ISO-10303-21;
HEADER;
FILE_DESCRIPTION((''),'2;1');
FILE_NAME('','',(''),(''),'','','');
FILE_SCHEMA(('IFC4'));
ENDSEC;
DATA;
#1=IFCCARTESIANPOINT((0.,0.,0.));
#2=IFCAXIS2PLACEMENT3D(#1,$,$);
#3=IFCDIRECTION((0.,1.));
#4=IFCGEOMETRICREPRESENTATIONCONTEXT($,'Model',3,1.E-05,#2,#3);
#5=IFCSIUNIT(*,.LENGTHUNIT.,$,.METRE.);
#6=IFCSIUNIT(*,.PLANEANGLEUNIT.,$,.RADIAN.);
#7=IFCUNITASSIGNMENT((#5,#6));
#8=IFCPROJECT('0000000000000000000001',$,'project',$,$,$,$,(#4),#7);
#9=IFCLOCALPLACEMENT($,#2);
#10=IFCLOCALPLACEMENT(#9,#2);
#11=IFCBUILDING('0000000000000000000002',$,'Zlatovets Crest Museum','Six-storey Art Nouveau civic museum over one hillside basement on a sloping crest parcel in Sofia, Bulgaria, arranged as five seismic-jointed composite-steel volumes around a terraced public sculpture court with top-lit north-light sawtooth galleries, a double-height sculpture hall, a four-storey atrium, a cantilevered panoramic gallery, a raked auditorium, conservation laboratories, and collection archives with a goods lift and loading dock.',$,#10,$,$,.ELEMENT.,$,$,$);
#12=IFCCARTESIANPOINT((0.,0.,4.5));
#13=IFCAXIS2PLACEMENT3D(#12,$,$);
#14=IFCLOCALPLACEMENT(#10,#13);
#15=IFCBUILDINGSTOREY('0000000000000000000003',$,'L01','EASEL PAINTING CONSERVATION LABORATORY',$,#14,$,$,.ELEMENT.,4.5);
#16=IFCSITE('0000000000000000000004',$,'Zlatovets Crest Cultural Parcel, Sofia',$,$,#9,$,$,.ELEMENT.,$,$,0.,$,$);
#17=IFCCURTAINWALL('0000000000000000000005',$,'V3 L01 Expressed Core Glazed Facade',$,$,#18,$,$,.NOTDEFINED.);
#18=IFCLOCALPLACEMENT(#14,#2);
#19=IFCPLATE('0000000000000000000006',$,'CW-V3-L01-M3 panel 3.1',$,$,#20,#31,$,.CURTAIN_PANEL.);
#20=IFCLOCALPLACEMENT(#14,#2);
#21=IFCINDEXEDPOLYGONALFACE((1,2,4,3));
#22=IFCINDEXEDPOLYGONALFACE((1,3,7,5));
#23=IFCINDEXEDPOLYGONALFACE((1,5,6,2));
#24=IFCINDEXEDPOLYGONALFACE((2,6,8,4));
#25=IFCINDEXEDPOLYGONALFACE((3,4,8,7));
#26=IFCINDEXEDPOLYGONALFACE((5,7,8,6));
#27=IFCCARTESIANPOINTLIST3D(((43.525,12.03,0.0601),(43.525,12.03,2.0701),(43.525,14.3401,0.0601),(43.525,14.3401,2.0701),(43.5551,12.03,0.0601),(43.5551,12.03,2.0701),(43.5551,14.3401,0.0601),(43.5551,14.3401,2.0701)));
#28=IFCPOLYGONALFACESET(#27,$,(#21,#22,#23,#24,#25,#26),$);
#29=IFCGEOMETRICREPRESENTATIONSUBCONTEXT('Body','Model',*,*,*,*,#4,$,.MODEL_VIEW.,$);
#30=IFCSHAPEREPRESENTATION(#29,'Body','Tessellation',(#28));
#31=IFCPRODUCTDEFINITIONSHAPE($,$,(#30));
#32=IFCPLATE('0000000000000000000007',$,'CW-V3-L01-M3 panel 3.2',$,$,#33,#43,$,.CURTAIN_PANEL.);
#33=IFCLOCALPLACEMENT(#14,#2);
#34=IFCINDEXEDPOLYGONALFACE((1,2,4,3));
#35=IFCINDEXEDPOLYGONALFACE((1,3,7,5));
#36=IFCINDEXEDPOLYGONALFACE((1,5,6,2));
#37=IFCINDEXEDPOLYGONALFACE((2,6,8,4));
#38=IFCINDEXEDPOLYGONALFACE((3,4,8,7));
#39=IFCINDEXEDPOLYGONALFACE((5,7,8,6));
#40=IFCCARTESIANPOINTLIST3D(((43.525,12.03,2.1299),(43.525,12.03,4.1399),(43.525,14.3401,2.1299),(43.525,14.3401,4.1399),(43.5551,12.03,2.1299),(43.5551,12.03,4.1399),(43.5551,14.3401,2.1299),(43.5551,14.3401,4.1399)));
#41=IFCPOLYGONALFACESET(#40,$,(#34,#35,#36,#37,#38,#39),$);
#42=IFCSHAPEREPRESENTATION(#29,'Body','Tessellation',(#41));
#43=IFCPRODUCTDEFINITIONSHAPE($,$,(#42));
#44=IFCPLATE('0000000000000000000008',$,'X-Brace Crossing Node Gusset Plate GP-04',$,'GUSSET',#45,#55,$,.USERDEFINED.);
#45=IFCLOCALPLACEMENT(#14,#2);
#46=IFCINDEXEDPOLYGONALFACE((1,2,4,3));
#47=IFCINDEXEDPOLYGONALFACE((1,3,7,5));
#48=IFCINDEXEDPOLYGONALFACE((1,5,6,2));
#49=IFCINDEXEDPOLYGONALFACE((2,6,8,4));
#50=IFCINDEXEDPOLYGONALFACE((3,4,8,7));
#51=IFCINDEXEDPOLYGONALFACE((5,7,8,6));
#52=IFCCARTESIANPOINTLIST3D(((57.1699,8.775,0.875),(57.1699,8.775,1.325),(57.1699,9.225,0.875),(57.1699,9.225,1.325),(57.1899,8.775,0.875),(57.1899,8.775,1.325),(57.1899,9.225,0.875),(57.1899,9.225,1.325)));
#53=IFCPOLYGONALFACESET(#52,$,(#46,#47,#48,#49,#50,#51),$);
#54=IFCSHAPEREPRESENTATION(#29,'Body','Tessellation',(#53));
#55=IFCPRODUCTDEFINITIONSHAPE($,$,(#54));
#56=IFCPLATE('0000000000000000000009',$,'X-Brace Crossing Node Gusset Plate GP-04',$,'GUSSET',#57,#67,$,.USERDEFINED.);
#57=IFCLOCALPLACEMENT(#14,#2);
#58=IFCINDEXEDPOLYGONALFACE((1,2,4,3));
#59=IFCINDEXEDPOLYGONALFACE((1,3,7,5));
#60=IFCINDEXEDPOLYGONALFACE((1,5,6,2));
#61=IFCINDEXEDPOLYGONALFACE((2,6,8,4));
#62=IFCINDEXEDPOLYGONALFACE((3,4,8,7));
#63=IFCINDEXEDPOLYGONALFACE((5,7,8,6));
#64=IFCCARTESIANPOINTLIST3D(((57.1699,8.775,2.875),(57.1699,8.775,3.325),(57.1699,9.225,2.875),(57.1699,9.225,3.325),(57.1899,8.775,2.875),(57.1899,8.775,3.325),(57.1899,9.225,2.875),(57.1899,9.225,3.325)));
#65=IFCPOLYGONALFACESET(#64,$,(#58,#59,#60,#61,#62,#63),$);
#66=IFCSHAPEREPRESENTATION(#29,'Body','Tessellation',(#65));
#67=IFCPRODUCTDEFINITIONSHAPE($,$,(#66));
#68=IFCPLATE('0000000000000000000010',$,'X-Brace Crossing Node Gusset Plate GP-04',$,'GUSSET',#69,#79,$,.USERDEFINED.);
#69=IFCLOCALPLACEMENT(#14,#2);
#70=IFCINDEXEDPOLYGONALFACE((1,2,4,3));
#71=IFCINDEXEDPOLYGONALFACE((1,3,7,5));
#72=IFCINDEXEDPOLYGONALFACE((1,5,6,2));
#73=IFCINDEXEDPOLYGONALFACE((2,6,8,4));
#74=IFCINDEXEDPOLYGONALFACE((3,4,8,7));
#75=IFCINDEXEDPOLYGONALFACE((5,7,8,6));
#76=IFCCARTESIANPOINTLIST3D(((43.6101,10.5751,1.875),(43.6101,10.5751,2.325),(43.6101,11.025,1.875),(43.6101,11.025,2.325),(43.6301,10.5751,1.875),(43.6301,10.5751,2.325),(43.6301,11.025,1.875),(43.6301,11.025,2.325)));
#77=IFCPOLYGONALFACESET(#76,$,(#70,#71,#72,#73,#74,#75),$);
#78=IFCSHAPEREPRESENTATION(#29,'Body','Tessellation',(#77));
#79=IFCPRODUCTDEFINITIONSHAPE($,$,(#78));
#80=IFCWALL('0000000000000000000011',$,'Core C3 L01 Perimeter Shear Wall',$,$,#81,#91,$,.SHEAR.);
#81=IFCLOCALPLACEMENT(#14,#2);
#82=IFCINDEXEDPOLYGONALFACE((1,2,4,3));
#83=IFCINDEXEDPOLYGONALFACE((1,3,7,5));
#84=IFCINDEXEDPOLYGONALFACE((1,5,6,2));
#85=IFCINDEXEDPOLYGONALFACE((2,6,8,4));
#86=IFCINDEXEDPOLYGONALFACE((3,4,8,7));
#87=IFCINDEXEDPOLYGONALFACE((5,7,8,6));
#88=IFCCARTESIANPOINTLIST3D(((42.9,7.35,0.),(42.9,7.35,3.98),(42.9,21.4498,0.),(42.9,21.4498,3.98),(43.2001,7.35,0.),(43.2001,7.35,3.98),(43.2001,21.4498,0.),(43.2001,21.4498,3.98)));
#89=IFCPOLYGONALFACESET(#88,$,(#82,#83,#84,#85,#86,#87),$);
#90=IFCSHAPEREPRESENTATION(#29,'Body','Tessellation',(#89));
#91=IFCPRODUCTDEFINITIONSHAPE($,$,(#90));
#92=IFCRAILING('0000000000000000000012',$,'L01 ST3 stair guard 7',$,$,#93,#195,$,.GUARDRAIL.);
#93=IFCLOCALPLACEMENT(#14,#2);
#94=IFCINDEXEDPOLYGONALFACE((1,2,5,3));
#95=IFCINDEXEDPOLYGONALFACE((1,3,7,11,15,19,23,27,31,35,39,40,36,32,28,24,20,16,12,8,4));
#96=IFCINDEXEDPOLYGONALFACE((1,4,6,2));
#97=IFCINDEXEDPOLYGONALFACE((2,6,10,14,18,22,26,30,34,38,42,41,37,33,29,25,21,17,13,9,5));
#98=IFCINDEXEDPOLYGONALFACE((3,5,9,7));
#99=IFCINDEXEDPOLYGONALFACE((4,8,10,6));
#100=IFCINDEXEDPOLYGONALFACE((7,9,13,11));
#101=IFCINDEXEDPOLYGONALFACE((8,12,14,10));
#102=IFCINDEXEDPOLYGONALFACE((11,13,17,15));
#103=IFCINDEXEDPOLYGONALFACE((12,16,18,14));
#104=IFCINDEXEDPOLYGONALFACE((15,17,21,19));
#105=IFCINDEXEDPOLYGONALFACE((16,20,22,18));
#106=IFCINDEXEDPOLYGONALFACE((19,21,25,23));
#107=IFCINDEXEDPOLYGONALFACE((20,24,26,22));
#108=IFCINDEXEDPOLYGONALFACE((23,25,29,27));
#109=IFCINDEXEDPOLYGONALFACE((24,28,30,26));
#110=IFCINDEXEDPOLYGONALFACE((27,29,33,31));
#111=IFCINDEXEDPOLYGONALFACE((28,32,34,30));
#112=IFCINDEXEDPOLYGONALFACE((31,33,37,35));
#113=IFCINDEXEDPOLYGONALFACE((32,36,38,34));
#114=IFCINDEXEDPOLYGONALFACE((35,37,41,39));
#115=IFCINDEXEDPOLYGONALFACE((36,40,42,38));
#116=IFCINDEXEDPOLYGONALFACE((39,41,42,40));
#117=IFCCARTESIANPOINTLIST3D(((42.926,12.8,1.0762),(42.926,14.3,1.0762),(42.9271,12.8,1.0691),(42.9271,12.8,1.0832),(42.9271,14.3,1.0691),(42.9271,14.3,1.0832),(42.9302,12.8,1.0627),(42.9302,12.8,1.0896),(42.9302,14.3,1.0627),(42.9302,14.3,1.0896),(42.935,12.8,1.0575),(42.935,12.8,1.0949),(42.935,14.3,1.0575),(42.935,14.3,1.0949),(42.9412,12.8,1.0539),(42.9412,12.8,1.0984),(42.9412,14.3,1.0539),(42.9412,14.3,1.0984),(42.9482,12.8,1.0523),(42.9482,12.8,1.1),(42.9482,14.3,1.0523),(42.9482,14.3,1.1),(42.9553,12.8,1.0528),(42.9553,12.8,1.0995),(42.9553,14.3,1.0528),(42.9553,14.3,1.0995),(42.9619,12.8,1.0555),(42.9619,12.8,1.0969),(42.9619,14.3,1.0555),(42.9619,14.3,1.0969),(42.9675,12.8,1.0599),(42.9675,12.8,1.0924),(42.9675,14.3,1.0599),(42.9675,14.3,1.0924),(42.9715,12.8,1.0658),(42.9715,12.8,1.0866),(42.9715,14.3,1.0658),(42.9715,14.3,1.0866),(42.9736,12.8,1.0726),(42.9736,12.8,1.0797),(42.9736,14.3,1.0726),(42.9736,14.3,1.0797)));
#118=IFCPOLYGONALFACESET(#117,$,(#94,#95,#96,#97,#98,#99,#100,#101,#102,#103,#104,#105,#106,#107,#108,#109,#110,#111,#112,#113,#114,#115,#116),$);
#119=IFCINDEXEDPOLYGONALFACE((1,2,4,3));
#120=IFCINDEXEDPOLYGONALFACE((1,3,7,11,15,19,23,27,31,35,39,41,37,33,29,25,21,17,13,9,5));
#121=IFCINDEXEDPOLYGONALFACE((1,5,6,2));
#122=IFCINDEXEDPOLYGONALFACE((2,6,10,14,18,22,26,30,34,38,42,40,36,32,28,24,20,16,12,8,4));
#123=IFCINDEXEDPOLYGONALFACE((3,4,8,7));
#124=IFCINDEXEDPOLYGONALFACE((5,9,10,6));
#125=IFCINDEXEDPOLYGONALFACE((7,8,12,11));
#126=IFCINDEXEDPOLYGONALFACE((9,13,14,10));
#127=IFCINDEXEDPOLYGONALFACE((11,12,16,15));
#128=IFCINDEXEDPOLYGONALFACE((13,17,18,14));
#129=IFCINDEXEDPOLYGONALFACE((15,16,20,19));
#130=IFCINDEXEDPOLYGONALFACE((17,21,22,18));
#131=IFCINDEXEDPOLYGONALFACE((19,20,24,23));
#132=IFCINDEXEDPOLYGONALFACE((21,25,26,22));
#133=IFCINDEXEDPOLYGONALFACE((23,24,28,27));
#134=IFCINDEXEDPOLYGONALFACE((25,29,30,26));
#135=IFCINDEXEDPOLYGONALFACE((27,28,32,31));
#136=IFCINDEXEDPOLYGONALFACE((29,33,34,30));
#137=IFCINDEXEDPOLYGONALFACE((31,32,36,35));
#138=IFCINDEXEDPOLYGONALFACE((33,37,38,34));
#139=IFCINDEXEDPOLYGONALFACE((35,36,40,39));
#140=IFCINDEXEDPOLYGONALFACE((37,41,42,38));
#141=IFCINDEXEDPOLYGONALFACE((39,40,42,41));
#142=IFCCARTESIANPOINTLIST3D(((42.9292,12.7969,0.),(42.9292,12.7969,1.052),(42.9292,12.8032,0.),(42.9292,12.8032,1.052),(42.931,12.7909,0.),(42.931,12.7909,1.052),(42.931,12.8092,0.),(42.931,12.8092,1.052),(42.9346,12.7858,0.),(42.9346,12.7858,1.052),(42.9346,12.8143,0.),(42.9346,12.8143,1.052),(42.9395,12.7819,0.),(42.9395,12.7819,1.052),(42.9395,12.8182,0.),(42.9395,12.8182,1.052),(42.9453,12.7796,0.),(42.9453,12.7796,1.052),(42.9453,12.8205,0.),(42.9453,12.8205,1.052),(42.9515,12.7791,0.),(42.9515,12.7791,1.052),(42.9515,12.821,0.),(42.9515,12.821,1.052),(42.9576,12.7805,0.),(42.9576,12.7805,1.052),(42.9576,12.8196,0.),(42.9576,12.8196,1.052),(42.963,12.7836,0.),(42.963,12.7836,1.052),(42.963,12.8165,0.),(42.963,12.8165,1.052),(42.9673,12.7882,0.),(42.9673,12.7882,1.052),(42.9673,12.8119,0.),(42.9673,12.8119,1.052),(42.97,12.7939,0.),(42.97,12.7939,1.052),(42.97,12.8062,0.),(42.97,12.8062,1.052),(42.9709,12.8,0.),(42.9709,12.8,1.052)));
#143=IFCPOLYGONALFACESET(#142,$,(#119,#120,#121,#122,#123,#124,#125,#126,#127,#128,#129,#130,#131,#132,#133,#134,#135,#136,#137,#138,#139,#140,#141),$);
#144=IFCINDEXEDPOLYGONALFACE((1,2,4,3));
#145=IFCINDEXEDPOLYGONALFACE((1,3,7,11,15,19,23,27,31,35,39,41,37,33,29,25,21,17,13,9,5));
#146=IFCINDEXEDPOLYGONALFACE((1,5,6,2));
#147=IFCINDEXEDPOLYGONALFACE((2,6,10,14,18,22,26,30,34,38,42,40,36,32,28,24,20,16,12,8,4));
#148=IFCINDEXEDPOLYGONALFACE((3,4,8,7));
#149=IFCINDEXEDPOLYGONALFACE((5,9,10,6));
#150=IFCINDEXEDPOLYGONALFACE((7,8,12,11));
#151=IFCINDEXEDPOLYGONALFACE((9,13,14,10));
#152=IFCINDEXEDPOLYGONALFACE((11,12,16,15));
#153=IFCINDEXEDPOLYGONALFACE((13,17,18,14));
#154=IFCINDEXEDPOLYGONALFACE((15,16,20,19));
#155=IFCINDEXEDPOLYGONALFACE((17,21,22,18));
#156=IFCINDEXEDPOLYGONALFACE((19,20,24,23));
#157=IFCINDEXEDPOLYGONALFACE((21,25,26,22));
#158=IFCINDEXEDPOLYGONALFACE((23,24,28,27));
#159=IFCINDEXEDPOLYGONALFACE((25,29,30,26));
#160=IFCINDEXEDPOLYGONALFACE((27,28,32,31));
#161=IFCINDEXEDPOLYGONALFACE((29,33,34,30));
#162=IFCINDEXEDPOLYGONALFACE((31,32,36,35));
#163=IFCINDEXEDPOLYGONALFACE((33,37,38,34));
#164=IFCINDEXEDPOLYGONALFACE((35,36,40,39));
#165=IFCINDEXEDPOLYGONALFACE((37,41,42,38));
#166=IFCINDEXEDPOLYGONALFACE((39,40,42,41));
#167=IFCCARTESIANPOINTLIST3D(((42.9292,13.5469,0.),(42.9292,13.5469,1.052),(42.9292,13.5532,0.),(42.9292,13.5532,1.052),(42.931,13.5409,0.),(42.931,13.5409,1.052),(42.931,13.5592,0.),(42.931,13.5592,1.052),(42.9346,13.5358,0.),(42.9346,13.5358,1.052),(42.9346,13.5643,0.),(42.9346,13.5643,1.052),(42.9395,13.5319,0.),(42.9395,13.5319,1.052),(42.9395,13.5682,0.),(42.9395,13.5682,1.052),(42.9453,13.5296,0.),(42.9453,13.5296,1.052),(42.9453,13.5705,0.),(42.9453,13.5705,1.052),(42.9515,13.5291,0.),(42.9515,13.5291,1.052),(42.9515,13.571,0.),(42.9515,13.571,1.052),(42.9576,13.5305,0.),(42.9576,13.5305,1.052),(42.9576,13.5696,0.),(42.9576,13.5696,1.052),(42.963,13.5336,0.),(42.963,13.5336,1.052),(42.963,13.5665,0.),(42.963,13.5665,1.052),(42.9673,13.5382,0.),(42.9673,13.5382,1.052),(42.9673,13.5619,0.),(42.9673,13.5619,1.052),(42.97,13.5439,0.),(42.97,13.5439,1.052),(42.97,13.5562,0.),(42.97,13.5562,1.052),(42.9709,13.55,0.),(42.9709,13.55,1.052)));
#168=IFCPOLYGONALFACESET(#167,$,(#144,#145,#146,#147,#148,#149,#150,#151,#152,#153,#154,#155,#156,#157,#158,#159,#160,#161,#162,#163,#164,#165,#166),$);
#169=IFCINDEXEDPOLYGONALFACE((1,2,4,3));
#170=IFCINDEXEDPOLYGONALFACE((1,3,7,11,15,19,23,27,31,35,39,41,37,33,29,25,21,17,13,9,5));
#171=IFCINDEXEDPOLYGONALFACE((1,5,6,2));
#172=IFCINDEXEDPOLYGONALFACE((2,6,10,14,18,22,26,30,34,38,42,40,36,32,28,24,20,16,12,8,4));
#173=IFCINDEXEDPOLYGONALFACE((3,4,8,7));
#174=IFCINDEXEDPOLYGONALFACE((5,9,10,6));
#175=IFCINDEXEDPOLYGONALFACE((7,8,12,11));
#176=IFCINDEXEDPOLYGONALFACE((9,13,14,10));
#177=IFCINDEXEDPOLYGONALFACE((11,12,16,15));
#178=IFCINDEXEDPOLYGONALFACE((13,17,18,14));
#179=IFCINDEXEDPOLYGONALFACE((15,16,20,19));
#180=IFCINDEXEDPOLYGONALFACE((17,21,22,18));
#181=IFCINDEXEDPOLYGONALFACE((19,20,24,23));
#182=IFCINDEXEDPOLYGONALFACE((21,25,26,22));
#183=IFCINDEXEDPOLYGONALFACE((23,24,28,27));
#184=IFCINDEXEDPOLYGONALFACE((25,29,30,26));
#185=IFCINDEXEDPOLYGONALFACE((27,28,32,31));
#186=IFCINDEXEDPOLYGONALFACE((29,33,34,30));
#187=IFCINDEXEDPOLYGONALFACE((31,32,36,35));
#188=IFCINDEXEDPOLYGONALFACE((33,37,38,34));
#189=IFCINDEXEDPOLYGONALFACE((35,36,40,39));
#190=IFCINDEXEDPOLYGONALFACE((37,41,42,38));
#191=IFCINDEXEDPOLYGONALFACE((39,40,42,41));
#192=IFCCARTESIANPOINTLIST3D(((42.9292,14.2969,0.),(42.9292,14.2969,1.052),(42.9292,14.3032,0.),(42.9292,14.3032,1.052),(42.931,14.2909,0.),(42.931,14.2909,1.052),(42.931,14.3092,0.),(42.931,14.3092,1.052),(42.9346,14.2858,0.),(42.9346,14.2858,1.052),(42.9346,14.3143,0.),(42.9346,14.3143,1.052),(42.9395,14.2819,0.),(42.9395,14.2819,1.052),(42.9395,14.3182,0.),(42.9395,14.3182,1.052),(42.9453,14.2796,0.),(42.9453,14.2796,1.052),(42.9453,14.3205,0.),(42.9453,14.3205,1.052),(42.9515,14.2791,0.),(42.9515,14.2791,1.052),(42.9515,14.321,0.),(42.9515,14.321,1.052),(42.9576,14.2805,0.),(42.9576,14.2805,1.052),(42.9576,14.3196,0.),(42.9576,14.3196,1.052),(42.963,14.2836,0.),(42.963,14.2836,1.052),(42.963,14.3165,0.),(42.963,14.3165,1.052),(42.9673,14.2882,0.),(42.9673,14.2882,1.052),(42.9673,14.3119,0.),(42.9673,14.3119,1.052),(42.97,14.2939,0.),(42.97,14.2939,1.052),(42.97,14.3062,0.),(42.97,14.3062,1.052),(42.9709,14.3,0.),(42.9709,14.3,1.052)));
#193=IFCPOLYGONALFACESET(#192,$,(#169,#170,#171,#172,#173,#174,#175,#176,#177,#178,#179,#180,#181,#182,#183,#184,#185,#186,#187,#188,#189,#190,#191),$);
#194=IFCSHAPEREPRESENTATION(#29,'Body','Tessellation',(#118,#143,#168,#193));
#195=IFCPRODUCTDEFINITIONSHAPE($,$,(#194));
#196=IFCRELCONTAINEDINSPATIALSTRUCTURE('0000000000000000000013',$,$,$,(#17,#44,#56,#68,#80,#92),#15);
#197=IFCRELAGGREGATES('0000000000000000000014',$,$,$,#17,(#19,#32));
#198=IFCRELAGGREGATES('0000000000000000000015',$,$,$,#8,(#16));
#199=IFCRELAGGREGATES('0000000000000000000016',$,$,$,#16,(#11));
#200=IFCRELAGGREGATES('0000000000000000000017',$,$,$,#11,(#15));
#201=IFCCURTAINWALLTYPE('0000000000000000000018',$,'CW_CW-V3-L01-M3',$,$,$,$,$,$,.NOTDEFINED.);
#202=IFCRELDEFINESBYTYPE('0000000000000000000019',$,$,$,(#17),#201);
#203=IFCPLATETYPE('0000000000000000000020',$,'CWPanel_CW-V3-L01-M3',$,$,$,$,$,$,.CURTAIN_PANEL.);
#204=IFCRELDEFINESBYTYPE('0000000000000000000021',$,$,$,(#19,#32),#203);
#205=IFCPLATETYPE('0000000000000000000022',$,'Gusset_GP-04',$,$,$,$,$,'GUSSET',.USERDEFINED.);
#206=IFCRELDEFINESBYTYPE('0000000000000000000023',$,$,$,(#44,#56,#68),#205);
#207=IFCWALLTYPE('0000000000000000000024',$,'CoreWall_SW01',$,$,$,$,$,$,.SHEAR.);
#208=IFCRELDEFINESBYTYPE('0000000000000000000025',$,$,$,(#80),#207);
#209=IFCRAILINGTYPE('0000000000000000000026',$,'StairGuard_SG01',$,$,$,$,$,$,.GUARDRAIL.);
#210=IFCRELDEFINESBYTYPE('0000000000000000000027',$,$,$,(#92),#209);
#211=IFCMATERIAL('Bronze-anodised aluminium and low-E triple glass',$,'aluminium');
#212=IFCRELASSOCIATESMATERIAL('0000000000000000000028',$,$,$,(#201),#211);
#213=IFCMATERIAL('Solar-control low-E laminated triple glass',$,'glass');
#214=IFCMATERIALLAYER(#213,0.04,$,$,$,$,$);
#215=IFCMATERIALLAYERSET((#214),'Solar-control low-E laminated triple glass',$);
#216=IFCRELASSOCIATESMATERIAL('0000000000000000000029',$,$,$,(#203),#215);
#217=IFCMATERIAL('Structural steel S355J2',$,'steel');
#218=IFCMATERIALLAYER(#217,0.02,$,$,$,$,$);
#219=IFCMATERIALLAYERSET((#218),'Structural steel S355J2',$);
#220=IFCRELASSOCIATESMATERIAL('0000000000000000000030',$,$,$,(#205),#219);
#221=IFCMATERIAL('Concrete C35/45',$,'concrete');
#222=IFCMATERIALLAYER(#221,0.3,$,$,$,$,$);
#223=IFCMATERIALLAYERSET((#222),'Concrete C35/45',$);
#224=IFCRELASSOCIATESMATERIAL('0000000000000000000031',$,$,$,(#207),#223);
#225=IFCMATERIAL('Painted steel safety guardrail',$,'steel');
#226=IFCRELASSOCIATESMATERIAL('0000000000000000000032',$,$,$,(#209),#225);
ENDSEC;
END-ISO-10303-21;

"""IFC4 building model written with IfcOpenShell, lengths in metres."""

from ifc_helpers import new_model, si_unit, direction, frame, frame_2d, origin, origin_2d, place, context, subcontext, project, spatial, rectangle, circle, extrude, material, layer, layer_set, type_object, element, aggregate, save


model = new_model("IFC4")

# Units and contexts
model_context = context("Model", 3, precision=1e-05, world=origin(), true_north=direction((0.0, 1.0)))
body_context = subcontext(model_context, "Body", "Model", "MODEL_VIEW")
ifc_project = project(units=[si_unit("LENGTHUNIT", "METRE"), si_unit("PLANEANGLEUNIT", "RADIAN")], contexts=[model_context])

# Site, building, storey
site_placement = place(None, origin())
site = spatial("IfcSite", under=ifc_project, at=site_placement, Name="Zlatovets Crest Cultural Parcel, Sofia", CompositionType="ELEMENT", RefElevation=0.0)
building_placement = place(site_placement, origin())
building = spatial("IfcBuilding", under=site, at=building_placement, Name="Zlatovets Crest Museum", Description="Six-storey Art Nouveau civic museum over one hillside basement on a sloping crest parcel in Sofia, Bulgaria, arranged as five seismic-jointed composite-steel volumes around a terraced public sculpture court with top-lit north-light sawtooth galleries, a double-height sculpture hall, a four-storey atrium, a cantilevered panoramic gallery, a raked auditorium, conservation laboratories, and collection archives with a goods lift and loading dock.", CompositionType="ELEMENT")
storey_placement = place(building_placement, frame((0.0, 0.0, 4.5)))
storey = spatial("IfcBuildingStorey", under=building, at=storey_placement, Name="L01", Description="EASEL PAINTING CONSERVATION LABORATORY", CompositionType="ELEMENT", Elevation=4.5)

# Shared definitions
ifc_material_1 = material(Name="Structural steel S355J2", Category="steel")

# Curtain wall
ifc_material_2 = material(Name="Bronze-anodised aluminium and low-E triple glass", Category="aluminium")
curtain_wall_type = type_object("IfcCurtainWallType", Name="CW_CW-V3-L01-M3", PredefinedType="NOTDEFINED", material=ifc_material_2)
curtain_wall_placement = place(storey_placement, origin())
curtain_wall = element("IfcCurtainWall", 1, at=curtain_wall_placement, inside=storey, type_object=curtain_wall_type, Name="V3 L01 Expressed Core Glazed Facade", PredefinedType="NOTDEFINED")

# Plates
ifc_material_3 = material(Name="Solar-control low-E laminated triple glass", Category="glass")
ifc_layer_1 = layer(ifc_material_3, 0.04)
ifc_layer_set_1 = layer_set([ifc_layer_1], Name="Solar-control low-E laminated triple glass")
plate_type_1 = type_object("IfcPlateType", Name="CWPanel_CW-V3-L01-M3", PredefinedType="CURTAIN_PANEL", material=ifc_layer_set_1)
plate_1_placement = place(storey_placement, frame((43.54, 13.1851, 0.0601), z_axis=(0.0, 0.0, 1.0), x_axis=(0.0, 1.0, 0.0)))
plate_1 = element("IfcPlate", 2, at=plate_1_placement, type_object=plate_type_1, Name="CW-V3-L01-M3 panel 3.1", PredefinedType="CURTAIN_PANEL", context=body_context, shape_type="SweptSolid", body=[
    extrude(rectangle(XDim=2.3101, YDim=0.03, at=origin_2d()), origin(), (0.0, 0.0, 1.0), 2.01),
])
plate_2_placement = place(storey_placement, frame((43.54, 13.1851, 2.1299), z_axis=(0.0, 0.0, 1.0), x_axis=(0.0, 1.0, 0.0)))
plate_2 = element("IfcPlate", 3, at=plate_2_placement, type_object=plate_type_1, Name="CW-V3-L01-M3 panel 3.2", PredefinedType="CURTAIN_PANEL", context=body_context, shape_type="SweptSolid", body=[
    extrude(rectangle(XDim=2.3101, YDim=0.03, at=origin_2d()), origin(), (0.0, 0.0, 1.0), 2.01),
])
aggregate(curtain_wall, [plate_1, plate_2])

# Plates
ifc_layer_2 = layer(ifc_material_1, 0.02)
ifc_layer_set_2 = layer_set([ifc_layer_2], Name="Structural steel S355J2")
plate_type_2 = type_object("IfcPlateType", Name="Gusset_GP-04", ElementType="GUSSET", PredefinedType="USERDEFINED", material=ifc_layer_set_2)
for number, where, z_axis, x_axis, name in (
    (4, (57.1799, 9.0, 0.875), (0.0, 0.0, 1.0), (1.0, 0.0, 0.0), "X-Brace Crossing Node Gusset Plate GP-04"),
    (5, (57.1799, 9.0, 2.875), (0.0, 0.0, 1.0), (1.0, 0.0, 0.0), "X-Brace Crossing Node Gusset Plate GP-04"),
    (6, (43.6201, 10.8, 1.875), (0.0, 0.0, 1.0), (1.0, 0.0, 0.0), "X-Brace Crossing Node Gusset Plate GP-04"),
):
    element("IfcPlate", number, at=place(storey_placement, frame(where, z_axis=z_axis, x_axis=x_axis)), inside=storey, type_object=plate_type_2, Name=name, ObjectType="GUSSET", PredefinedType="USERDEFINED", context=body_context, shape_type="SweptSolid", body=[
        extrude(rectangle(XDim=0.02, YDim=0.45, at=origin_2d()), origin(), (0.0, 0.0, 1.0), 0.45),
    ])

# Wall
ifc_material_4 = material(Name="Concrete C35/45", Category="concrete")
ifc_layer_3 = layer(ifc_material_4, 0.3)
ifc_layer_set_3 = layer_set([ifc_layer_3], Name="Concrete C35/45")
wall_type = type_object("IfcWallType", Name="CoreWall_SW01", PredefinedType="SHEAR", material=ifc_layer_set_3)
wall_placement = place(storey_placement, frame((43.05, 7.3501, 0.0), z_axis=(0.0, 0.0, 1.0), x_axis=(0.0, 1.0, 0.0)))
element("IfcWall", 7, at=wall_placement, inside=storey, type_object=wall_type, Name="Core C3 L01 Perimeter Shear Wall", PredefinedType="SHEAR", context=body_context, shape_type="SweptSolid", body=[
    extrude(rectangle(XDim=14.0999, YDim=0.3, at=frame_2d((7.0498, 0.0))), origin(), (0.0, 0.0, 1.0), 3.98),
])

# Railing
ifc_material_5 = material(Name="Painted steel safety guardrail", Category="steel")
railing_type_1 = type_object("IfcRailingType", Name="StairGuard_SG01", PredefinedType="GUARDRAIL", material=ifc_material_5)
railing_1_placement = place(storey_placement, frame((42.95, 12.8, 0.0)))
element("IfcRailing", 8, at=railing_1_placement, inside=storey, type_object=railing_type_1, Name="L01 ST3 stair guard 7", PredefinedType="GUARDRAIL", context=body_context, shape_type="SweptSolid", body=[
    extrude(circle(Radius=0.0239, at=origin_2d()), frame((0.0, 0.0, 1.0762), z_axis=(0.0, 1.0, 0.0), x_axis=(-1.0, 0.0, 0.0)), (0.0, 0.0, 1.0), 1.5),
    extrude(circle(Radius=0.021, at=origin_2d()), origin(), (0.0, 0.0, 1.0), 1.052),
    extrude(circle(Radius=0.021, at=origin_2d()), frame((0.0, 0.75, 0.0)), (0.0, 0.0, 1.0), 1.052),
    extrude(circle(Radius=0.021, at=origin_2d()), frame((0.0, 1.5, 0.0)), (0.0, 0.0, 1.0), 1.052),
])

save(model, "model.ifc")
